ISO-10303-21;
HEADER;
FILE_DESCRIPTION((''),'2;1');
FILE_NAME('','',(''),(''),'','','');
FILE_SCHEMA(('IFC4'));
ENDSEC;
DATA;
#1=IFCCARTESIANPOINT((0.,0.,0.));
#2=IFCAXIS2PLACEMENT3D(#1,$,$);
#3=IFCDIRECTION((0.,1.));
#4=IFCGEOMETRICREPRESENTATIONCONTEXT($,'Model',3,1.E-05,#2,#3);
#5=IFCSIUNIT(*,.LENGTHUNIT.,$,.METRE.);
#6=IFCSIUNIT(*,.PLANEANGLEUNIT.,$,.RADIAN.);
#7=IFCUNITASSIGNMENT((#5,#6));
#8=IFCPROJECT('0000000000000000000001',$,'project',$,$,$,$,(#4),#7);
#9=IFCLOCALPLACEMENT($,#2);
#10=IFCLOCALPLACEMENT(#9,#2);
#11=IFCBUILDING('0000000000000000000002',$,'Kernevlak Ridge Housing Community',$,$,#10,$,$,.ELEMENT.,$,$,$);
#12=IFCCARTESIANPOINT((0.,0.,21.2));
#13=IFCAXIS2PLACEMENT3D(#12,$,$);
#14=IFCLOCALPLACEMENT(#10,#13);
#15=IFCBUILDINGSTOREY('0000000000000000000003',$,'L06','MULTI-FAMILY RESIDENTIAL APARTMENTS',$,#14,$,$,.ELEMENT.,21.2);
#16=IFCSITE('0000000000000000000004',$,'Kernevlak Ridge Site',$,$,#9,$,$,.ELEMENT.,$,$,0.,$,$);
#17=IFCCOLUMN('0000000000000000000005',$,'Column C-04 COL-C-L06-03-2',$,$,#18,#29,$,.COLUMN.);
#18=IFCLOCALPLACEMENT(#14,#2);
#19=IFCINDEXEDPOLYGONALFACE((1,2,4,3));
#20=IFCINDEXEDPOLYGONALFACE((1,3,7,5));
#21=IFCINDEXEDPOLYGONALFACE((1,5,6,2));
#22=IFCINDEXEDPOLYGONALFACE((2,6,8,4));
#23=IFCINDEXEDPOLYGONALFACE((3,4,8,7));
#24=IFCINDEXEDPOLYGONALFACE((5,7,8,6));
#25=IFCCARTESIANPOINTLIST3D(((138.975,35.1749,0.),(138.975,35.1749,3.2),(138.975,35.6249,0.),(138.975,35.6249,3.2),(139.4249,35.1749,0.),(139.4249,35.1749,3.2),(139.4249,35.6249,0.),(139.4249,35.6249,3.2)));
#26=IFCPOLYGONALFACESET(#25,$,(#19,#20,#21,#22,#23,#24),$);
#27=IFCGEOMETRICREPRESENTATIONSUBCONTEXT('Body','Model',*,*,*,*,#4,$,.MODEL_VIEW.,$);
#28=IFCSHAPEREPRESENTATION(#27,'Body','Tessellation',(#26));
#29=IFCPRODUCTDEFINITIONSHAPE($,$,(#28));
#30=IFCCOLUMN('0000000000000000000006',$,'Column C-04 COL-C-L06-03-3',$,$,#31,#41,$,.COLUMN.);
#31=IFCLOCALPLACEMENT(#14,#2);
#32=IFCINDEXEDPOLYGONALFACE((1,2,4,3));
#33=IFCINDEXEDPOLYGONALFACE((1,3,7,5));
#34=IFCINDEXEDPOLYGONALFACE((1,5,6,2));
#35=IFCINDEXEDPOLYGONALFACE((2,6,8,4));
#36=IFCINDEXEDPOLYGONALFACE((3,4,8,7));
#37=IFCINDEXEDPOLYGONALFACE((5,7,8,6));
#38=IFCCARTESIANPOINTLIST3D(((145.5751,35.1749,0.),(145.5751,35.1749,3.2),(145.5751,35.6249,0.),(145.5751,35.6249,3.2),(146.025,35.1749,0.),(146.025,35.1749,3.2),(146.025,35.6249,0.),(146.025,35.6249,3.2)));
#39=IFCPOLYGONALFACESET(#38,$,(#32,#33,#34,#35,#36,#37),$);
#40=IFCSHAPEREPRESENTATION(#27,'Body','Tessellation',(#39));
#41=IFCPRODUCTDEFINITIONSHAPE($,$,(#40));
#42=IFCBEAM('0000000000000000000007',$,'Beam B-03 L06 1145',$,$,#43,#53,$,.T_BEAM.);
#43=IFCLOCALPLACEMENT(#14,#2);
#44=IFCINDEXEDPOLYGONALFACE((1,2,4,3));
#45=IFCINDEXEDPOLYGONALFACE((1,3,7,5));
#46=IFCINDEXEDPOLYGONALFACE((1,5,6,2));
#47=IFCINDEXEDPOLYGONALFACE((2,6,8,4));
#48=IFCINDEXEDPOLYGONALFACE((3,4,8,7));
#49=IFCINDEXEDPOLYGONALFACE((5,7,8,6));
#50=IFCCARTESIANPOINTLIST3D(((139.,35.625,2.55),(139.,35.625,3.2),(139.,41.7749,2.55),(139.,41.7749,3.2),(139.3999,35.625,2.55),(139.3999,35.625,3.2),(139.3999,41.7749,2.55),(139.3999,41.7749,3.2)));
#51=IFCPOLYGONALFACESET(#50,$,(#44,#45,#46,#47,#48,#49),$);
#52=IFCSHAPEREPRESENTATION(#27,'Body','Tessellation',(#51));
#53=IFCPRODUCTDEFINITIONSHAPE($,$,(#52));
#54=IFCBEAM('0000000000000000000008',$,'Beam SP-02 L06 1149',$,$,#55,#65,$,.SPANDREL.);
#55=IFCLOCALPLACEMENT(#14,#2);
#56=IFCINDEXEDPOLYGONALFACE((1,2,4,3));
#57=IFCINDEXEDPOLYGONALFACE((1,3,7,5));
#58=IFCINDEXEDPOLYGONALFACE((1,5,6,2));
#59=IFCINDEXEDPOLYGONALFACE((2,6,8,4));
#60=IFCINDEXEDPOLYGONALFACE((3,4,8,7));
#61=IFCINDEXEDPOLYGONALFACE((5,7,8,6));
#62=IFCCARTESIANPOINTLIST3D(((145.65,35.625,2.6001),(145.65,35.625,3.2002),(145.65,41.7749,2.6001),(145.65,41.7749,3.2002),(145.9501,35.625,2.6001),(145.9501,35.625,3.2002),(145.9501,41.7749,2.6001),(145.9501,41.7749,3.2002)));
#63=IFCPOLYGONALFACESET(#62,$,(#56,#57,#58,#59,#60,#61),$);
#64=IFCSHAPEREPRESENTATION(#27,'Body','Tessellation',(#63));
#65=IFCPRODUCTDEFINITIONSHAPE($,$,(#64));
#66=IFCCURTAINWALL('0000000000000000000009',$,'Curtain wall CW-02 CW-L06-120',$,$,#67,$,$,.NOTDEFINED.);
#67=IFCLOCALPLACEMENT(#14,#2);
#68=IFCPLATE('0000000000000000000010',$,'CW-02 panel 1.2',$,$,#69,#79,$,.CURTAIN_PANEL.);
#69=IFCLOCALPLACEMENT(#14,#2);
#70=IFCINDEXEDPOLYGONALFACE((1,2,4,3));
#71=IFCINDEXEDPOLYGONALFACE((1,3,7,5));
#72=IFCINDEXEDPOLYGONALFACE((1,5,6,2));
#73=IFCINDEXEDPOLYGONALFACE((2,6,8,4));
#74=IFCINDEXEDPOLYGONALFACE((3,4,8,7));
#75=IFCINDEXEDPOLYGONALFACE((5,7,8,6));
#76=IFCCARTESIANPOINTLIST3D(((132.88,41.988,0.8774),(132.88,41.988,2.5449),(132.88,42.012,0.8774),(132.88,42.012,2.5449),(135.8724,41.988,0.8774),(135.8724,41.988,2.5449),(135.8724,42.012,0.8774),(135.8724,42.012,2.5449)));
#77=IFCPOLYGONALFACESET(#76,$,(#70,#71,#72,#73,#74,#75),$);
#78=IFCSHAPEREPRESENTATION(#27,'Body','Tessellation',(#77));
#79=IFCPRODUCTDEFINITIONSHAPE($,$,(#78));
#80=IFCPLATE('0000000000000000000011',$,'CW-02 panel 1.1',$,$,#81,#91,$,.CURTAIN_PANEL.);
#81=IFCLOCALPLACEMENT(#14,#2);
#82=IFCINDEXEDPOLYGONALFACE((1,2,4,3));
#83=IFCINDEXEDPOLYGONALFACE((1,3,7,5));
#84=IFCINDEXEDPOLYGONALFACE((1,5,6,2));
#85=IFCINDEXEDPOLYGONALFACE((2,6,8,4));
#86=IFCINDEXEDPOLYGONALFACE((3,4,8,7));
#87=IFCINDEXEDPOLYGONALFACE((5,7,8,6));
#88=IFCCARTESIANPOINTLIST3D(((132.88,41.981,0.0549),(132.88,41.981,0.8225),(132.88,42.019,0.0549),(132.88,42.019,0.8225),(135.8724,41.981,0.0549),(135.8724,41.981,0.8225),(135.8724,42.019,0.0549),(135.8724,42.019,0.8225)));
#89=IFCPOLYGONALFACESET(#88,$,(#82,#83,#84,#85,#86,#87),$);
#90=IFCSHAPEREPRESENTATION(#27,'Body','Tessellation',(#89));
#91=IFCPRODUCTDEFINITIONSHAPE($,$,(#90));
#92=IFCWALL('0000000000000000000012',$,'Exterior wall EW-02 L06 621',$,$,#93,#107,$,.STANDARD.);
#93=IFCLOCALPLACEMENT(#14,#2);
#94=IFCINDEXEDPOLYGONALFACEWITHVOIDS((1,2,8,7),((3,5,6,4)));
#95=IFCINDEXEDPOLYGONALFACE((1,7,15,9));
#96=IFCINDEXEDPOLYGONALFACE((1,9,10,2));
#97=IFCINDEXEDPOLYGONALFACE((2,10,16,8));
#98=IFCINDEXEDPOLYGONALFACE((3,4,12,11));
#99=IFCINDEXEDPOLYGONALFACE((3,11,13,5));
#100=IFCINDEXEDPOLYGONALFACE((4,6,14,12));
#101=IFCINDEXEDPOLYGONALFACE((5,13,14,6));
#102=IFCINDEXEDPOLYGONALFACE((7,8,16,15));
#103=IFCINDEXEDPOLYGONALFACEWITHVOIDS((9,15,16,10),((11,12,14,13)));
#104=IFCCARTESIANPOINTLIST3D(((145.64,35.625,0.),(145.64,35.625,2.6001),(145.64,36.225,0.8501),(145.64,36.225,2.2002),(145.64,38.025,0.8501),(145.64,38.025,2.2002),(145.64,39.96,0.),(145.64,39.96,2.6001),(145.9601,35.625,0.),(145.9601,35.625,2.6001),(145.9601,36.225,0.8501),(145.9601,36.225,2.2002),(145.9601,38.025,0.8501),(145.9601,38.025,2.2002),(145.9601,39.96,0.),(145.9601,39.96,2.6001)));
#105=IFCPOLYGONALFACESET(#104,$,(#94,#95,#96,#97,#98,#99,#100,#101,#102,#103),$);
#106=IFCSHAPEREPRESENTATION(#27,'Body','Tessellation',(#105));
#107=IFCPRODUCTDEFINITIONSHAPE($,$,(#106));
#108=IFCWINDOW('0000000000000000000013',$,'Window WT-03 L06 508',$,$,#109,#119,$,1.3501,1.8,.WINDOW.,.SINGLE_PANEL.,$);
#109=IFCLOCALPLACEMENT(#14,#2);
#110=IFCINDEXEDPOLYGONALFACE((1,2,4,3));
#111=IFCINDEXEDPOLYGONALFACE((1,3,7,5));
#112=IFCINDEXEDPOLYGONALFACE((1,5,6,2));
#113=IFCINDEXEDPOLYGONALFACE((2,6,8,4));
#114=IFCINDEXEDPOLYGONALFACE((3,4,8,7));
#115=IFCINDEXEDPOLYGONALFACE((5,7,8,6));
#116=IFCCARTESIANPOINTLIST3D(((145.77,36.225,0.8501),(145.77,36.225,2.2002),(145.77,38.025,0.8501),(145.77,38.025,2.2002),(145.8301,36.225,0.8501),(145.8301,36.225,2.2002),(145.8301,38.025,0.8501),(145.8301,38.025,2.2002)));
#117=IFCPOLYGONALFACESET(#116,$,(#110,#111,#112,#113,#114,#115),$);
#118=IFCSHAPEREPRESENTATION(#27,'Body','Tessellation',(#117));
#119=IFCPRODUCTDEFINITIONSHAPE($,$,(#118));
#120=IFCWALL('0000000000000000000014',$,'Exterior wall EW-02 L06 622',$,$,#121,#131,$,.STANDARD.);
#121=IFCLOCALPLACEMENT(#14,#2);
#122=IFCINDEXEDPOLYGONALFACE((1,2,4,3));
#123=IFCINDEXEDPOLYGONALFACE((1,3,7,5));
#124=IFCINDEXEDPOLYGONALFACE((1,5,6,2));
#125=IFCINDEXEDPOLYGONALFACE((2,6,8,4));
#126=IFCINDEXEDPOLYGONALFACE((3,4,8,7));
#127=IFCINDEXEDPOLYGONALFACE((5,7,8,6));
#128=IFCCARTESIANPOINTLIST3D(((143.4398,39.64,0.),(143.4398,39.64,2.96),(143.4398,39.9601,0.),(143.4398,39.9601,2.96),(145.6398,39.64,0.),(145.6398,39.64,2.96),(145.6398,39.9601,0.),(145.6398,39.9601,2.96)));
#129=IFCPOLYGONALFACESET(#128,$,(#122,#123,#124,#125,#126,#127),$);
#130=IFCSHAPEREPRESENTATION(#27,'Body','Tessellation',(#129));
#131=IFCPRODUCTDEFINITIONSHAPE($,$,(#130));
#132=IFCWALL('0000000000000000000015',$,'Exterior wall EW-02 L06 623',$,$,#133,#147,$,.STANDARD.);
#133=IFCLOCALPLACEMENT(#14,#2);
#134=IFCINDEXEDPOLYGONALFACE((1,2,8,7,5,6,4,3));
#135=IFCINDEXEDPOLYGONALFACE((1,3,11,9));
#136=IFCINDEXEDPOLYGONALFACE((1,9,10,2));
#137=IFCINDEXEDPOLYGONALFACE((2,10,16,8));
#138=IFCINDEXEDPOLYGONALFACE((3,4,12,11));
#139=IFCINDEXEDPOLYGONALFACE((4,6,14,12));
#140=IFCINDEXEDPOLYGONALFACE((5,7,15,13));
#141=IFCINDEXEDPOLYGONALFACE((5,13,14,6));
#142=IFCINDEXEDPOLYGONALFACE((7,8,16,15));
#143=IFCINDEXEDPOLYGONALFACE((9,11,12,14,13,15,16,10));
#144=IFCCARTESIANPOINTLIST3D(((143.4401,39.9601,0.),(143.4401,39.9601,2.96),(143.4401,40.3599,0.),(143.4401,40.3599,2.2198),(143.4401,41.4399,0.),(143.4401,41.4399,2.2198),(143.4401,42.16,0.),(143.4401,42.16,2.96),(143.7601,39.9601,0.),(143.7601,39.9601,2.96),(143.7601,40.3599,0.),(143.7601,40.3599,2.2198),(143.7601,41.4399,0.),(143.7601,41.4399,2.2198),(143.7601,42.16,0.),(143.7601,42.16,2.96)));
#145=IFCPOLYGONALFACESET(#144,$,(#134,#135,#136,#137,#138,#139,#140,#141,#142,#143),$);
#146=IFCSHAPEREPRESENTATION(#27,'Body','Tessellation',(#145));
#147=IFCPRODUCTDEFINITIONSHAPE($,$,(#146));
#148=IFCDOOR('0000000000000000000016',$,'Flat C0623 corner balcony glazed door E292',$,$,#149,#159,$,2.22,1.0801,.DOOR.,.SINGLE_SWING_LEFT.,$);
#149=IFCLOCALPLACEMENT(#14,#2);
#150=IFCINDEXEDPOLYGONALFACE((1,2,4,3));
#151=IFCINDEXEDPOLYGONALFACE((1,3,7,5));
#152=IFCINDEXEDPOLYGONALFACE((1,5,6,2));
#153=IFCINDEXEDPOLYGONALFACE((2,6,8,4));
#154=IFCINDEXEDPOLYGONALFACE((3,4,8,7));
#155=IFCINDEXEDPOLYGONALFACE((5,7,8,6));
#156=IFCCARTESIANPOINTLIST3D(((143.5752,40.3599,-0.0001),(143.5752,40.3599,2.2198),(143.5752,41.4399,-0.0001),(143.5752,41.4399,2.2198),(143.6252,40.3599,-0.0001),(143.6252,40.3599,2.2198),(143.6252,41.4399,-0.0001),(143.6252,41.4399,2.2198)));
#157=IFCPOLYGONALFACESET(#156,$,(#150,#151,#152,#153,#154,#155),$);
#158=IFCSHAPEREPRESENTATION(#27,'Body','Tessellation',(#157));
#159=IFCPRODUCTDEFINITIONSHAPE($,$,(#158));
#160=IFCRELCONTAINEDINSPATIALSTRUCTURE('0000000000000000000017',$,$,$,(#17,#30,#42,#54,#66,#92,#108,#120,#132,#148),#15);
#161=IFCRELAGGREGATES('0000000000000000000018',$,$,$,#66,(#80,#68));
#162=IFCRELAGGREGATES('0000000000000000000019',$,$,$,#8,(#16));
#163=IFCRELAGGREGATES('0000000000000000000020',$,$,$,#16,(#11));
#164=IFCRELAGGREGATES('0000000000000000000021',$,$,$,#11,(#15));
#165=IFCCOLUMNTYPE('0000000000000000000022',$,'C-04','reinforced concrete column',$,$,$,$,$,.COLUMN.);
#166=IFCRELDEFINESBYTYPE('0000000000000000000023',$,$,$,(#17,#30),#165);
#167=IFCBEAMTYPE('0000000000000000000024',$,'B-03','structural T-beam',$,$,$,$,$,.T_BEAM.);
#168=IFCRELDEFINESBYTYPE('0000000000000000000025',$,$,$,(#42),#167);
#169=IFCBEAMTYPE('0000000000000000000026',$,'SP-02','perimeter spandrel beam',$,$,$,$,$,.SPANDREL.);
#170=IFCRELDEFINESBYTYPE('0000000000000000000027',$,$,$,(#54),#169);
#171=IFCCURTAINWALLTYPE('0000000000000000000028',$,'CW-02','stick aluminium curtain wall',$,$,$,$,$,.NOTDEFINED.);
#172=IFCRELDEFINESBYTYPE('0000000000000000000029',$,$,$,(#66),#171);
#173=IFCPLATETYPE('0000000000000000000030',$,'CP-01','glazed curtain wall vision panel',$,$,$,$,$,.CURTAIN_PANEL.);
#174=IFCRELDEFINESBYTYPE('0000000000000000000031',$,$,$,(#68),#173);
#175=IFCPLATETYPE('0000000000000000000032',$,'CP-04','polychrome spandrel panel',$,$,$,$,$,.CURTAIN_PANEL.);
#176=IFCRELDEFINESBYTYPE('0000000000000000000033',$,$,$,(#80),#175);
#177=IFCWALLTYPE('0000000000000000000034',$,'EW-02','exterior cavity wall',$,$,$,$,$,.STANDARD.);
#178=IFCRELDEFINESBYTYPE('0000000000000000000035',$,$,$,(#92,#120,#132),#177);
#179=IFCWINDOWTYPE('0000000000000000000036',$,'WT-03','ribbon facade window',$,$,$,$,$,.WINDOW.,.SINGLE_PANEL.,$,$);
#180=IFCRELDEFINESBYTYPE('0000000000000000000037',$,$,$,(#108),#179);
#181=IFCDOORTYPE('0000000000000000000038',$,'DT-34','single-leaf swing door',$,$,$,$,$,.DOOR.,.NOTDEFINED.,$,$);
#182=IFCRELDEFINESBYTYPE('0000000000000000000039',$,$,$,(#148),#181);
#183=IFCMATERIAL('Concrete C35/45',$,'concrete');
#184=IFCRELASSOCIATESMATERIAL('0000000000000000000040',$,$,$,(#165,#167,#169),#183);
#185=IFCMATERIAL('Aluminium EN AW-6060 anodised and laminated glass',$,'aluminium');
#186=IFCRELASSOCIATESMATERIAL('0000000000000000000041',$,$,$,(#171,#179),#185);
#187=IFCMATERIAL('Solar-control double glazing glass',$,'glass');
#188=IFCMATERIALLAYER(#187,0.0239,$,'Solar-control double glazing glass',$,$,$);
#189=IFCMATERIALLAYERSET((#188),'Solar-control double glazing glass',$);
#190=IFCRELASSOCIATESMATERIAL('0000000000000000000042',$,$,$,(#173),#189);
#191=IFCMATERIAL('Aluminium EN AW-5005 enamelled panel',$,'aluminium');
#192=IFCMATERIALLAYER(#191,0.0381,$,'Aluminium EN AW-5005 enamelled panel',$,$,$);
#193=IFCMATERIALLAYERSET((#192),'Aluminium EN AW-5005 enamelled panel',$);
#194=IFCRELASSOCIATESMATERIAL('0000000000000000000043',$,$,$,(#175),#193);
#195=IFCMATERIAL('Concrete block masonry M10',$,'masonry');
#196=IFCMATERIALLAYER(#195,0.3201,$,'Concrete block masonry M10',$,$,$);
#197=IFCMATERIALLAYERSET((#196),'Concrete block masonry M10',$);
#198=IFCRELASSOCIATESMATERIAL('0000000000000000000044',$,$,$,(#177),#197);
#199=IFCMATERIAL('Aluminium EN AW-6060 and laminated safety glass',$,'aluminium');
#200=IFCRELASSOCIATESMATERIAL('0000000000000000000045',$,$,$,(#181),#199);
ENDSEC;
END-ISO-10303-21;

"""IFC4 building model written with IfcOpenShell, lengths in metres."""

from ifc_helpers import new_model, si_unit, direction, frame, frame_2d, origin, origin_2d, place, context, subcontext, project, spatial, rectangle, extrude, material, layer, layer_set, material_profile, profile_set, type_object, element, fill, aggregate, save


model = new_model("IFC4")

# Units and contexts
model_context = context("Model", 3, precision=1e-05, world=origin(), true_north=direction((0.0, 1.0)))
body_context = subcontext(model_context, "Body", "Model", "MODEL_VIEW")
ifc_project = project(units=[si_unit("LENGTHUNIT", "METRE"), si_unit("PLANEANGLEUNIT", "RADIAN")], contexts=[model_context])

# Site, building, storey
site_placement = place(None, origin())
site = spatial("IfcSite", under=ifc_project, at=site_placement, Name="Kernevlak Ridge Site", CompositionType="ELEMENT", RefElevation=0.0)
building_placement = place(site_placement, origin())
building = spatial("IfcBuilding", under=site, at=building_placement, Name="Kernevlak Ridge Housing Community", CompositionType="ELEMENT")
storey_placement = place(building_placement, frame((0.0, 0.0, 21.2)))
storey = spatial("IfcBuildingStorey", under=building, at=storey_placement, Name="L06", Description="MULTI-FAMILY RESIDENTIAL APARTMENTS", CompositionType="ELEMENT", Elevation=21.2)

# Columns
ifc_material_1 = material(Name="Concrete C35/45", Category="concrete")
ifc_material_profile_1 = material_profile(ifc_material_1, rectangle(XDim=0.45, YDim=0.45, at=origin_2d()), Name="RC 450x450")
ifc_profile_set_1 = profile_set([ifc_material_profile_1], Name="Concrete C35/45")
column_type = type_object("IfcColumnType", Name="C-04", Description="reinforced concrete column", PredefinedType="COLUMN", material=ifc_profile_set_1)
for number, where, z_axis, x_axis, name in (
    (1, (139.2, 35.3999, 0.0), (0.0, 0.0, 1.0), (1.0, 0.0, 0.0), "Column C-04 COL-C-L06-03-2"),
    (2, (145.8, 35.3999, 0.0), (0.0, 0.0, 1.0), (1.0, 0.0, 0.0), "Column C-04 COL-C-L06-03-3"),
):
    element("IfcColumn", number, at=place(storey_placement, frame(where, z_axis=z_axis, x_axis=x_axis)), inside=storey, type_object=column_type, Name=name, PredefinedType="COLUMN", context=body_context, shape_type="SweptSolid", body=[
        extrude(rectangle(XDim=0.45, YDim=0.45, at=origin_2d()), origin(), (0.0, 0.0, 1.0), 3.2),
    ])

# Beams
ifc_material_profile_2 = material_profile(ifc_material_1, rectangle(XDim=0.3999, YDim=0.6499, at=origin_2d()), Name="RC 400x650")
ifc_profile_set_2 = profile_set([ifc_material_profile_2], Name="Concrete C35/45")
beam_type_1 = type_object("IfcBeamType", Name="B-03", Description="structural T-beam", PredefinedType="T_BEAM", material=ifc_profile_set_2)
beam_1_placement = place(storey_placement, frame((139.2, 35.625, 2.875), z_axis=(0.0, 1.0, 0.0), x_axis=(-1.0, 0.0, 0.0)))
element("IfcBeam", 3, at=beam_1_placement, inside=storey, type_object=beam_type_1, Name="Beam B-03 L06 1145", PredefinedType="T_BEAM", context=body_context, shape_type="SweptSolid", body=[
    extrude(rectangle(XDim=0.3999, YDim=0.6499, at=origin_2d()), origin(), (0.0, 0.0, 1.0), 6.1499),
])
ifc_material_profile_3 = material_profile(ifc_material_1, rectangle(XDim=0.3, YDim=0.6001, at=origin_2d()), Name="RC 300x600")
ifc_profile_set_3 = profile_set([ifc_material_profile_3], Name="Concrete C35/45")
beam_type_2 = type_object("IfcBeamType", Name="SP-02", Description="perimeter spandrel beam", PredefinedType="SPANDREL", material=ifc_profile_set_3)
beam_2_placement = place(storey_placement, frame((145.8, 35.625, 2.9001), z_axis=(0.0, 1.0, 0.0), x_axis=(-1.0, 0.0, 0.0)))
element("IfcBeam", 4, at=beam_2_placement, inside=storey, type_object=beam_type_2, Name="Beam SP-02 L06 1149", PredefinedType="SPANDREL", context=body_context, shape_type="SweptSolid", body=[
    extrude(rectangle(XDim=0.3, YDim=0.6001, at=origin_2d()), origin(), (0.0, 0.0, 1.0), 6.1499),
])

# Curtain wall, plates
ifc_material_2 = material(Name="Aluminium EN AW-6060 anodised and laminated glass", Category="aluminium")
curtain_wall_type = type_object("IfcCurtainWallType", Name="CW-02", Description="stick aluminium curtain wall", PredefinedType="NOTDEFINED", material=ifc_material_2)
curtain_wall_placement = place(storey_placement, origin())
curtain_wall = element("IfcCurtainWall", 5, at=curtain_wall_placement, inside=storey, type_object=curtain_wall_type, Name="Curtain wall CW-02 CW-L06-120", PredefinedType="NOTDEFINED")
ifc_material_3 = material(Name="Solar-control double glazing glass", Category="glass")
ifc_layer_1 = layer(ifc_material_3, 0.0239, Name="Solar-control double glazing glass")
ifc_layer_set_1 = layer_set([ifc_layer_1], Name="Solar-control double glazing glass")
plate_type_1 = type_object("IfcPlateType", Name="CP-01", Description="glazed curtain wall vision panel", PredefinedType="CURTAIN_PANEL", material=ifc_layer_set_1)
plate_1_placement = place(storey_placement, frame((134.3762, 42.0, 0.8774), z_axis=(0.0, 0.0, 1.0), x_axis=(1.0, 0.0, 0.0)))
plate_1 = element("IfcPlate", 6, at=plate_1_placement, type_object=plate_type_1, Name="CW-02 panel 1.2", PredefinedType="CURTAIN_PANEL", context=body_context, shape_type="SweptSolid", body=[
    extrude(rectangle(XDim=2.9924, YDim=0.0239, at=origin_2d()), origin(), (0.0, 0.0, 1.0), 1.6675),
])
ifc_material_4 = material(Name="Aluminium EN AW-5005 enamelled panel", Category="aluminium")
ifc_layer_2 = layer(ifc_material_4, 0.0381, Name="Aluminium EN AW-5005 enamelled panel")
ifc_layer_set_2 = layer_set([ifc_layer_2], Name="Aluminium EN AW-5005 enamelled panel")
plate_type_2 = type_object("IfcPlateType", Name="CP-04", Description="polychrome spandrel panel", PredefinedType="CURTAIN_PANEL", material=ifc_layer_set_2)
plate_2_placement = place(storey_placement, frame((134.3762, 42.0, 0.0549), z_axis=(0.0, 0.0, 1.0), x_axis=(1.0, 0.0, 0.0)))
plate_2 = element("IfcPlate", 7, at=plate_2_placement, type_object=plate_type_2, Name="CW-02 panel 1.1", PredefinedType="CURTAIN_PANEL", context=body_context, shape_type="SweptSolid", body=[
    extrude(rectangle(XDim=2.9924, YDim=0.0381, at=origin_2d()), origin(), (0.0, 0.0, 1.0), 0.7676),
])
aggregate(curtain_wall, [plate_2, plate_1])

# Wall, opening, window
ifc_material_5 = material(Name="Concrete block masonry M10", Category="masonry")
ifc_layer_3 = layer(ifc_material_5, 0.3201, Name="Concrete block masonry M10")
ifc_layer_set_3 = layer_set([ifc_layer_3], Name="Concrete block masonry M10")
wall_type_1 = type_object("IfcWallType", Name="EW-02", Description="exterior cavity wall", PredefinedType="STANDARD", material=ifc_layer_set_3)
wall_1_placement = place(storey_placement, frame((145.8, 35.625, 0.0), z_axis=(0.0, 0.0, 1.0), x_axis=(0.0, 1.0, 0.0)))
wall_1 = element("IfcWall", 8, at=wall_1_placement, inside=storey, type_object=wall_type_1, Name="Exterior wall EW-02 L06 621", PredefinedType="STANDARD", context=body_context, shape_type="SweptSolid", body=[
    extrude(rectangle(XDim=4.335, YDim=0.3201, at=frame_2d((2.1675, 0.0))), origin(), (0.0, 0.0, 1.0), 2.6001),
])
opening_1_placement = place(wall_1_placement, frame((0.6001, 0.0, 0.8501)))
opening_1 = element("IfcOpeningElement", 9, at=opening_1_placement, cuts=wall_1, PredefinedType="OPENING", context=body_context, shape_type="SweptSolid", body=[
    extrude(rectangle(XDim=1.8, YDim=1.3501, at=frame_2d((0.8999, 0.675))), frame((0.0, 0.1699, 0.0), z_axis=(0.0, -1.0, 0.0), x_axis=(1.0, 0.0, 0.0)), (0.0, 0.0, 1.0), 0.3401),
])
window_type = type_object("IfcWindowType", Name="WT-03", Description="ribbon facade window", PartitioningType="SINGLE_PANEL", PredefinedType="WINDOW", material=ifc_material_2)
window_placement = place(opening_1_placement, origin())
window = element("IfcWindow", 10, at=window_placement, inside=storey, type_object=window_type, Name="Window WT-03 L06 508", OverallHeight=1.3501, OverallWidth=1.8, PartitioningType="SINGLE_PANEL", PredefinedType="WINDOW", context=body_context, shape_type="SweptSolid", body=[
    extrude(rectangle(XDim=1.8, YDim=1.3501, at=frame_2d((0.8999, 0.675))), frame((0.0, 0.03, 0.0), z_axis=(0.0, -1.0, 0.0), x_axis=(1.0, 0.0, 0.0)), (0.0, 0.0, 1.0), 0.0601),
])
fill(opening_1, window)

# Wall
wall_2_placement = place(storey_placement, frame((145.6399, 39.8, 0.0), z_axis=(0.0, 0.0, 1.0), x_axis=(-1.0, 0.0, 0.0)))
element("IfcWall", 11, at=wall_2_placement, inside=storey, type_object=wall_type_1, Name="Exterior wall EW-02 L06 622", PredefinedType="STANDARD", context=body_context, shape_type="SweptSolid", body=[
    extrude(rectangle(XDim=2.2, YDim=0.3201, at=frame_2d((1.1001, 0.0))), origin(), (0.0, 0.0, 1.0), 2.96),
])

# Wall, opening, door
wall_3_placement = place(storey_placement, frame((143.6001, 39.96, 0.0), z_axis=(0.0, 0.0, 1.0), x_axis=(0.0, 1.0, 0.0)))
wall_3 = element("IfcWall", 12, at=wall_3_placement, inside=storey, type_object=wall_type_1, Name="Exterior wall EW-02 L06 623", PredefinedType="STANDARD", context=body_context, shape_type="SweptSolid", body=[
    extrude(rectangle(XDim=2.2, YDim=0.3201, at=frame_2d((1.1001, 0.0))), origin(), (0.0, 0.0, 1.0), 2.96),
])
opening_2_placement = place(wall_3_placement, frame((0.3999, 0.0, 0.0)))
opening_2 = element("IfcOpeningElement", 13, at=opening_2_placement, cuts=wall_3, PredefinedType="OPENING", context=body_context, shape_type="SweptSolid", body=[
    extrude(rectangle(XDim=1.0801, YDim=2.22, at=frame_2d((0.54, 1.1099))), frame((0.0, 0.1699, 0.0), z_axis=(0.0, -1.0, 0.0), x_axis=(1.0, 0.0, 0.0)), (0.0, 0.0, 1.0), 0.3401),
])
ifc_material_6 = material(Name="Aluminium EN AW-6060 and laminated safety glass", Category="aluminium")
door_type_1 = type_object("IfcDoorType", Name="DT-34", Description="single-leaf swing door", OperationType="NOTDEFINED", PredefinedType="DOOR", material=ifc_material_6)
door_1_placement = place(opening_2_placement, origin())
door_1 = element("IfcDoor", 14, at=door_1_placement, inside=storey, type_object=door_type_1, Name="Flat C0623 corner balcony glazed door E292", OperationType="SINGLE_SWING_LEFT", OverallHeight=2.22, OverallWidth=1.0801, PredefinedType="DOOR", context=body_context, shape_type="SweptSolid", body=[
    extrude(rectangle(XDim=1.0801, YDim=2.22, at=frame_2d((0.54, 1.1099))), frame((0.0, 0.0249, 0.0), z_axis=(0.0, -1.0, 0.0), x_axis=(1.0, 0.0, 0.0)), (0.0, 0.0, 1.0), 0.05),
])
fill(opening_2, door_1)

save(model, "model.ifc")
